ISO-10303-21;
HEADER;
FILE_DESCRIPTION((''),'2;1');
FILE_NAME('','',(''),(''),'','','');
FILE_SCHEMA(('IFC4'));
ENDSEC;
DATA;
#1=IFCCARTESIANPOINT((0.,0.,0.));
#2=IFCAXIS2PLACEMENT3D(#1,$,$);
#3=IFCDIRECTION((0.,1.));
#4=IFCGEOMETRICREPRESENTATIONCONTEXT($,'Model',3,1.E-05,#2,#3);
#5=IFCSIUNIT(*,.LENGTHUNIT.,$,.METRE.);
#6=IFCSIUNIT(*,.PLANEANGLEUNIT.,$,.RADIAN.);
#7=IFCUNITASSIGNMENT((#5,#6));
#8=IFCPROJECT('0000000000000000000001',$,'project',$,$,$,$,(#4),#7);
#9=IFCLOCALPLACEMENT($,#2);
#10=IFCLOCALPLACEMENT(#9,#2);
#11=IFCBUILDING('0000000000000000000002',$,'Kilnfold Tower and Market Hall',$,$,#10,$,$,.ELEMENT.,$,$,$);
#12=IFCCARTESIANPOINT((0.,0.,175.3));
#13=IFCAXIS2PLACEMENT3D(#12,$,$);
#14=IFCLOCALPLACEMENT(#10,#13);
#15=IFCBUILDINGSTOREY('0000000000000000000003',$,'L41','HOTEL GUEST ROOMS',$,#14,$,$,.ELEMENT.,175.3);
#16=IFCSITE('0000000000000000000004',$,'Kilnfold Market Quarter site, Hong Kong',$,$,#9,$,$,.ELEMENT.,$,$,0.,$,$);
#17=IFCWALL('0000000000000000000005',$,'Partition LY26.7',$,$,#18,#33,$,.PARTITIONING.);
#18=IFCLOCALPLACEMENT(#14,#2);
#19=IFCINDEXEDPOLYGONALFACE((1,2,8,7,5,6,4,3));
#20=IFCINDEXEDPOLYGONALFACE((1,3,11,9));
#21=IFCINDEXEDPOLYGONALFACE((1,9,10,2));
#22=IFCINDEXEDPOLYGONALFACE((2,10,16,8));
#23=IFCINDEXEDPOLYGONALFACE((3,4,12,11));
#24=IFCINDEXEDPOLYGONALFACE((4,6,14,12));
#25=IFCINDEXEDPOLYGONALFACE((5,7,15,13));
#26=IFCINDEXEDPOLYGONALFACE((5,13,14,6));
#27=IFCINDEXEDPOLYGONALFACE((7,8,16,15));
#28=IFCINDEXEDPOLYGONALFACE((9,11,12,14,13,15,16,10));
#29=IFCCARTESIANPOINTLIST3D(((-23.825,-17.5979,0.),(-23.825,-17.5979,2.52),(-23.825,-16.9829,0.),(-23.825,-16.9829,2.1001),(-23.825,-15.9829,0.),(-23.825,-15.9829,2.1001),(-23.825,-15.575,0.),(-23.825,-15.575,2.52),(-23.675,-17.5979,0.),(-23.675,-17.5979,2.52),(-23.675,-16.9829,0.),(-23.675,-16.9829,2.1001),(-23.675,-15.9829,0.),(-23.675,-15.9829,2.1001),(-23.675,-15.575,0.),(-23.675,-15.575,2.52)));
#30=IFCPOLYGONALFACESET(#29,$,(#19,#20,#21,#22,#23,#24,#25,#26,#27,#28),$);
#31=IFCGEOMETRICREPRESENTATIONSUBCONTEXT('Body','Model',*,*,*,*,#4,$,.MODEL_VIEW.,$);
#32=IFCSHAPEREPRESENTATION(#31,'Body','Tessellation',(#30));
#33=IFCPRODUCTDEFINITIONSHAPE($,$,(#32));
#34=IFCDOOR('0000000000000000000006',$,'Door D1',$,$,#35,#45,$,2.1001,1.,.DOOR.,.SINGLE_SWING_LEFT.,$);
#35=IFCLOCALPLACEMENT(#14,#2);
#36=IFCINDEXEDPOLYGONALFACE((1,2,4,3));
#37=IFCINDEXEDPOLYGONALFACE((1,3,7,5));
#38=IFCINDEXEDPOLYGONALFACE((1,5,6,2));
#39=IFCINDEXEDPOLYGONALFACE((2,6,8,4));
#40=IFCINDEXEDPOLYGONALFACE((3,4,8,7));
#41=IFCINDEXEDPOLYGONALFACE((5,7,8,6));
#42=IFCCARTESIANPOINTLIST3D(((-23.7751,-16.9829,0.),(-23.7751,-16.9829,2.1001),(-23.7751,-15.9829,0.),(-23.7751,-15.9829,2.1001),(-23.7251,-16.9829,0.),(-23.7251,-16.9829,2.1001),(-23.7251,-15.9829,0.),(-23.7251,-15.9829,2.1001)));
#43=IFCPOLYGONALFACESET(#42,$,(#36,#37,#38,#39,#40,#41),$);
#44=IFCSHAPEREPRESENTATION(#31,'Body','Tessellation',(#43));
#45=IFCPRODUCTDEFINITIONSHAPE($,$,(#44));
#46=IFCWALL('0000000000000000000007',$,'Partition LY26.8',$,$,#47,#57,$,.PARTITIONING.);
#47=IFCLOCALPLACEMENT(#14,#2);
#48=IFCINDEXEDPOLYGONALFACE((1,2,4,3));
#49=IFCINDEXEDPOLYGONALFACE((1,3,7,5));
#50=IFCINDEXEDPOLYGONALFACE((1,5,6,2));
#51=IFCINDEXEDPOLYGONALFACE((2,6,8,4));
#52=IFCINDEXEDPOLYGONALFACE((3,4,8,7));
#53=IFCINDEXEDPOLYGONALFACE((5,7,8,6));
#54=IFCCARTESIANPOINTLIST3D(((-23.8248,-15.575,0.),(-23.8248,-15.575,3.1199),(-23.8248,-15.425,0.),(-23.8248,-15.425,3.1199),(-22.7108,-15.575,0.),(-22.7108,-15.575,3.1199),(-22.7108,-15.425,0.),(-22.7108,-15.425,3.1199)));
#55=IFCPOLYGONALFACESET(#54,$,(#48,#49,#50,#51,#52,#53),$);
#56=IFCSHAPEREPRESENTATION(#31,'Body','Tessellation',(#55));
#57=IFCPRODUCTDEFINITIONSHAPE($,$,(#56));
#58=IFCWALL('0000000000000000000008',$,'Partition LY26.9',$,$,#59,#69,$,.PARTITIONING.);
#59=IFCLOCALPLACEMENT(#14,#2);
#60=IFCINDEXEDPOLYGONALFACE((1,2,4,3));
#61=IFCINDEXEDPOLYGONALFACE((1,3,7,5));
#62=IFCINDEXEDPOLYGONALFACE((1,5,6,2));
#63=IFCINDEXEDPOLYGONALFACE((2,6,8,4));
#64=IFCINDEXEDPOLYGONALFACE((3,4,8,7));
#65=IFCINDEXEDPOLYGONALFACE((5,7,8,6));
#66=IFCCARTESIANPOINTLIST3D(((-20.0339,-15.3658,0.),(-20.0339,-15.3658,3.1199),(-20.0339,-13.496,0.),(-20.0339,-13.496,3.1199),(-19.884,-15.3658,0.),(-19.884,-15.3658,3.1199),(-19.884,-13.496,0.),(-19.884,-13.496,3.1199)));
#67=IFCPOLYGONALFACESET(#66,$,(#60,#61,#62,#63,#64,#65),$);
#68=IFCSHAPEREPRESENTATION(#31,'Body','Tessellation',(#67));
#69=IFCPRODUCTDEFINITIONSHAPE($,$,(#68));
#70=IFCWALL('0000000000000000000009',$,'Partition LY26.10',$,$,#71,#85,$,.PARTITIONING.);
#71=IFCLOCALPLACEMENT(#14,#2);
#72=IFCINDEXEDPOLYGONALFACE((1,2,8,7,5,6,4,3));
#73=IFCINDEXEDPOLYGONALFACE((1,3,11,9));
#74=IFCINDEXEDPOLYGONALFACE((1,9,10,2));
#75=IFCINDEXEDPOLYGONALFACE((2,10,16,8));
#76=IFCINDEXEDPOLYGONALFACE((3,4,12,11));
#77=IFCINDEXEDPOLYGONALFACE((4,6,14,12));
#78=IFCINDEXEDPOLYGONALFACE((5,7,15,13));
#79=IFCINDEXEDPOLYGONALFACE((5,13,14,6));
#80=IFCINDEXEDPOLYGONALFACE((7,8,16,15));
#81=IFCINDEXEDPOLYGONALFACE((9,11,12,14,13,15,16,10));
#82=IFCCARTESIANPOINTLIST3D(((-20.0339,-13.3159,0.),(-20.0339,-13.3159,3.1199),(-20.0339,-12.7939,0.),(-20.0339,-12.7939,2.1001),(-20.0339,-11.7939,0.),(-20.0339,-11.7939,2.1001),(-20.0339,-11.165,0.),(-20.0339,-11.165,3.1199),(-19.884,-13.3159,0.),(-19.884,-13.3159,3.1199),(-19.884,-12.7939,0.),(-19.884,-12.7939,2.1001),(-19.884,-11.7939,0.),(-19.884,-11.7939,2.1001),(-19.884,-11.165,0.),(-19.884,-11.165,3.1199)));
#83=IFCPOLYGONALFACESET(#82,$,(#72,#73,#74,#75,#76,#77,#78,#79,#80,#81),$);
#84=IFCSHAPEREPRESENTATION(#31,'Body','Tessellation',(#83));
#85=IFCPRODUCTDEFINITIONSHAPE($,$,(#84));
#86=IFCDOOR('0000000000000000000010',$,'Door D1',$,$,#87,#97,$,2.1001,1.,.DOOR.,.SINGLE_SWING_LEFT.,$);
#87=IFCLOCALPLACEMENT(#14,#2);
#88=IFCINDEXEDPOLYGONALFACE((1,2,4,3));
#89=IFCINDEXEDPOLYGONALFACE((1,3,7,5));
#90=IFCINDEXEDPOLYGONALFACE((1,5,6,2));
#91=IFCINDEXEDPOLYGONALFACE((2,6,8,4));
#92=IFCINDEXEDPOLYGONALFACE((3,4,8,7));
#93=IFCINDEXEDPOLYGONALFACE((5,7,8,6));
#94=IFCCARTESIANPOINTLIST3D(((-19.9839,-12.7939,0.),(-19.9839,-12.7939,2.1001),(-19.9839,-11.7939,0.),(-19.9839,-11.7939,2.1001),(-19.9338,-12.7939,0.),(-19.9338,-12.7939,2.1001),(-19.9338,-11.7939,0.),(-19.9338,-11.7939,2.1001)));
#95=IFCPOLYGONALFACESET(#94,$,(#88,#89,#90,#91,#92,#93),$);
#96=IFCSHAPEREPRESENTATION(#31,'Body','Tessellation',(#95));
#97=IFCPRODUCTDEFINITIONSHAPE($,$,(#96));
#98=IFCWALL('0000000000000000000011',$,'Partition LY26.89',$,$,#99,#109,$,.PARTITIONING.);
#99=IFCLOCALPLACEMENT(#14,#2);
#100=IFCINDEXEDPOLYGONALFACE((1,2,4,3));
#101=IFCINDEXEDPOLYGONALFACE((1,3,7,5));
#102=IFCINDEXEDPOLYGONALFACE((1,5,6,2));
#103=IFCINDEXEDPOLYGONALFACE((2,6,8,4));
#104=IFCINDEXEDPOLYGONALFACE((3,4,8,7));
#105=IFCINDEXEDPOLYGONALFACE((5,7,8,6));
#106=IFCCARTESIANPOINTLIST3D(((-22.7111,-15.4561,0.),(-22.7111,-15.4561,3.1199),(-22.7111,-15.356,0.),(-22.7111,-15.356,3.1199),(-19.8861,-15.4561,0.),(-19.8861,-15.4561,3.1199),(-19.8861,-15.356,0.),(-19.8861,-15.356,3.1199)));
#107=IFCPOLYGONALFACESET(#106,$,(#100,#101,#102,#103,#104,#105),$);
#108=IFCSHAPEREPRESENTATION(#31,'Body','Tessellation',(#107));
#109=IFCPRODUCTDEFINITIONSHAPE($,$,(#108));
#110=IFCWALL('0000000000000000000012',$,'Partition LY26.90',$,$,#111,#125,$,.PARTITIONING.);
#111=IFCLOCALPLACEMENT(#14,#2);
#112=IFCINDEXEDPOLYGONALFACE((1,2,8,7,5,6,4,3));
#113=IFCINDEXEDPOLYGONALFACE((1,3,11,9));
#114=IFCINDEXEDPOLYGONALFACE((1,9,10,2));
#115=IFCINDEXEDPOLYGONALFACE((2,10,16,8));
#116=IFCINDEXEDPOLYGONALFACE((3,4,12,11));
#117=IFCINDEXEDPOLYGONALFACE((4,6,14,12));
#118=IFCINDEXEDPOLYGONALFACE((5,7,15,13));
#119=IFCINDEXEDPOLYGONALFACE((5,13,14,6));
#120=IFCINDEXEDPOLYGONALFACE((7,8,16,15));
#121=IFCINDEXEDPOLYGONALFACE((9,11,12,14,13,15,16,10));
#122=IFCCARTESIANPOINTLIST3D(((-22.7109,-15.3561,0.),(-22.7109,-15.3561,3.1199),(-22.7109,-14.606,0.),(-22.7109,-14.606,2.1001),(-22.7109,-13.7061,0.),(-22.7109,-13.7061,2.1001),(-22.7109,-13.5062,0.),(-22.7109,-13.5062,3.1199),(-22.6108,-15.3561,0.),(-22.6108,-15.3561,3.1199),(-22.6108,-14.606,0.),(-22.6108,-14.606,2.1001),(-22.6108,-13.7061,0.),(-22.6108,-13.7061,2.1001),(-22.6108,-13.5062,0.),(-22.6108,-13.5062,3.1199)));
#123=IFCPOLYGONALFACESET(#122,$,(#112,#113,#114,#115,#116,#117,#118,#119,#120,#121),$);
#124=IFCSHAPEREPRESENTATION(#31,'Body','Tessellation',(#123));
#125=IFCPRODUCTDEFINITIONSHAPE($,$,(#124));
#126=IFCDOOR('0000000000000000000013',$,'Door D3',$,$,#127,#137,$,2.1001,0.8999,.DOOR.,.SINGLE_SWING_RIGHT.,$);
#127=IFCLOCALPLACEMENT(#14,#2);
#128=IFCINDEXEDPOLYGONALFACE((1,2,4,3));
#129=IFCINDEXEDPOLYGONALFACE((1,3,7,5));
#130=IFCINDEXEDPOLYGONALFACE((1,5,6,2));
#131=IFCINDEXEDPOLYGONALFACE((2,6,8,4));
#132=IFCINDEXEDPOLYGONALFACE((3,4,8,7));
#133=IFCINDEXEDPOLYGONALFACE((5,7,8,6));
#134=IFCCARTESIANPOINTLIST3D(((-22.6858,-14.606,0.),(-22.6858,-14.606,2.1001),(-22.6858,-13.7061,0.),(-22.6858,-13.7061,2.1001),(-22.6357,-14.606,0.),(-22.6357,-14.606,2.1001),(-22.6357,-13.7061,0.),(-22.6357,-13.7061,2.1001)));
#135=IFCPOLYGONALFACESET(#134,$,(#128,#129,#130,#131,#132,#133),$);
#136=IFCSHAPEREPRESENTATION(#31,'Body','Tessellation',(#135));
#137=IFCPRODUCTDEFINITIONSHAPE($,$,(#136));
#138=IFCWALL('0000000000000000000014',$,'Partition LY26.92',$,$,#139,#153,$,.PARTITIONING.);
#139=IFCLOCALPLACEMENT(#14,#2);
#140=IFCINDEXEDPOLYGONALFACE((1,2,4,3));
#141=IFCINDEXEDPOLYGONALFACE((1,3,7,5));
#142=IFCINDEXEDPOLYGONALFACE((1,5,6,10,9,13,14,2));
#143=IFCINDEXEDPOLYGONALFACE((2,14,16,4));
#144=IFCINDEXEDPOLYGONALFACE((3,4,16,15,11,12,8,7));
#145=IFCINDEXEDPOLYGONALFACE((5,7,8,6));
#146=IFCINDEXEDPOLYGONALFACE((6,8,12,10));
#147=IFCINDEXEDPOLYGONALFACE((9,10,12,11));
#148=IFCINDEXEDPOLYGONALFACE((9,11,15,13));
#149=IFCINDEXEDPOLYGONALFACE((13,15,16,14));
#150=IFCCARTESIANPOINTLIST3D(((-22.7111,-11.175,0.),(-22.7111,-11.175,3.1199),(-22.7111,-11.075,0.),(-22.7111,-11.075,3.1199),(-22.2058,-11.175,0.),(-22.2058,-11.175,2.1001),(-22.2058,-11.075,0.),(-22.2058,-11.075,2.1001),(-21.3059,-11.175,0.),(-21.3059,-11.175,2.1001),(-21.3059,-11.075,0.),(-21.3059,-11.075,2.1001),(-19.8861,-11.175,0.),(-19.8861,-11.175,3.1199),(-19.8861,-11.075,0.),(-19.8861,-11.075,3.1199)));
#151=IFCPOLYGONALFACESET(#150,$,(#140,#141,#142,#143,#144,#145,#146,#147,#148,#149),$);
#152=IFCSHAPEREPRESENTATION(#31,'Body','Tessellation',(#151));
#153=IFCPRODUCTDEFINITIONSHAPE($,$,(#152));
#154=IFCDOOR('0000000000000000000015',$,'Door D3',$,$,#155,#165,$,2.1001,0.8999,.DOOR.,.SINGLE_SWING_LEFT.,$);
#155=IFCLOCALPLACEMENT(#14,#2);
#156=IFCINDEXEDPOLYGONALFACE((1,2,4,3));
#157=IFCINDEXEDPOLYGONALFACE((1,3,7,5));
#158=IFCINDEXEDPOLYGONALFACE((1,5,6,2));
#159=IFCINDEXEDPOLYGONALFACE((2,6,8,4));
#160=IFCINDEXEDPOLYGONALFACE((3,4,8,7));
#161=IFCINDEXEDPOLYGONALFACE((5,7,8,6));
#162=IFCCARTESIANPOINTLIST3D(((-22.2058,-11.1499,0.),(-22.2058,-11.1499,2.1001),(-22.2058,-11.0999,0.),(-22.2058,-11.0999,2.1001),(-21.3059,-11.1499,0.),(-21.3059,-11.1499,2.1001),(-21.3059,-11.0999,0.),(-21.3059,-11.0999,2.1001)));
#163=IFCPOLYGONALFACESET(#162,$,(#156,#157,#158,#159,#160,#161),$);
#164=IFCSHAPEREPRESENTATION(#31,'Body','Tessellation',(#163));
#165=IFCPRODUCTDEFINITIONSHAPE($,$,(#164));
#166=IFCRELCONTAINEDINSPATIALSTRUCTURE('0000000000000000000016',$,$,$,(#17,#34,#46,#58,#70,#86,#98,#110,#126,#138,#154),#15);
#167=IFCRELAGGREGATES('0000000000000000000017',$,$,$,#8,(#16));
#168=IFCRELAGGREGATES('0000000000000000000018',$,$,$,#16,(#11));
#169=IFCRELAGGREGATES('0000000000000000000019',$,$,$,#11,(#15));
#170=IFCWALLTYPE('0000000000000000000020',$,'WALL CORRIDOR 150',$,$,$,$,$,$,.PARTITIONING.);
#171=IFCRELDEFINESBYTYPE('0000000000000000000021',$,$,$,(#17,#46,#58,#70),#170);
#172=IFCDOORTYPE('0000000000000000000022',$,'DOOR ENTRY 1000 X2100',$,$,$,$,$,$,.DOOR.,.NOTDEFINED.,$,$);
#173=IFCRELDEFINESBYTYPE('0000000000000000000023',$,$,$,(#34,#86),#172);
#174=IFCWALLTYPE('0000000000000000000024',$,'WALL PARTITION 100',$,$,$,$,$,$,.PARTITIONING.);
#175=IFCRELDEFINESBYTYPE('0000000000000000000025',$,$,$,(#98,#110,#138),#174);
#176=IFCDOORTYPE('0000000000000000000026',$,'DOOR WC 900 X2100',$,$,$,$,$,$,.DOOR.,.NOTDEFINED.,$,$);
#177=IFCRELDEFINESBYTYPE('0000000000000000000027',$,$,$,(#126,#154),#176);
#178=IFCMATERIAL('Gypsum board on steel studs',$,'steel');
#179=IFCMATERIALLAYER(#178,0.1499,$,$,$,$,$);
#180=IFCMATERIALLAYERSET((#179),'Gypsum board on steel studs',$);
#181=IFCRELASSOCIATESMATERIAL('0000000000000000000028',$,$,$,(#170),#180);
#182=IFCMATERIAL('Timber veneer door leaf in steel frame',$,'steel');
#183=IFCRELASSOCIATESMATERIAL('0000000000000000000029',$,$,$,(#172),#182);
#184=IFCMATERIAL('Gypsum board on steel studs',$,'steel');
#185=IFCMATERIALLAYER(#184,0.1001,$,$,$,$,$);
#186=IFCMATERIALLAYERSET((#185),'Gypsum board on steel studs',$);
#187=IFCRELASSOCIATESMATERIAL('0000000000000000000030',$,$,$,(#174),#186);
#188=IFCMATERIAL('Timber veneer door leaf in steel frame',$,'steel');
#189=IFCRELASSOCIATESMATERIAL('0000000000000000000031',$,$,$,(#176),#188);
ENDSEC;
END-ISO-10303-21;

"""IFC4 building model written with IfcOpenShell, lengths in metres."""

from ifc_helpers import new_model, si_unit, direction, frame, frame_2d, origin, place, context, subcontext, project, spatial, rectangle, extrude, material, layer, layer_set, type_object, element, fill, save


model = new_model("IFC4")

# Units and contexts
model_context = context("Model", 3, precision=1e-05, world=origin(), true_north=direction((0.0, 1.0)))
body_context = subcontext(model_context, "Body", "Model", "MODEL_VIEW")
ifc_project = project(units=[si_unit("LENGTHUNIT", "METRE"), si_unit("PLANEANGLEUNIT", "RADIAN")], contexts=[model_context])

# Site, building, storey
site_placement = place(None, origin())
site = spatial("IfcSite", under=ifc_project, at=site_placement, Name="Kilnfold Market Quarter site, Hong Kong", CompositionType="ELEMENT", RefElevation=0.0)
building_placement = place(site_placement, origin())
building = spatial("IfcBuilding", under=site, at=building_placement, Name="Kilnfold Tower and Market Hall", CompositionType="ELEMENT")
storey_placement = place(building_placement, frame((0.0, 0.0, 175.3)))
storey = spatial("IfcBuildingStorey", under=building, at=storey_placement, Name="L41", Description="HOTEL GUEST ROOMS", CompositionType="ELEMENT", Elevation=175.3)

# Wall, opening, door
ifc_material_1 = material(Name="Gypsum board on steel studs", Category="steel")
ifc_layer_1 = layer(ifc_material_1, 0.1499)
ifc_layer_set_1 = layer_set([ifc_layer_1], Name="Gypsum board on steel studs")
wall_type_1 = type_object("IfcWallType", Name="WALL CORRIDOR 150", PredefinedType="PARTITIONING", material=ifc_layer_set_1)
wall_1_placement = place(storey_placement, frame((-23.75, -15.575, 0.0), z_axis=(0.0, 0.0, 1.0), x_axis=(0.0, -1.0, 0.0)))
wall_1 = element("IfcWall", 1, at=wall_1_placement, inside=storey, type_object=wall_type_1, Name="Partition LY26.7", PredefinedType="PARTITIONING", context=body_context, shape_type="SweptSolid", body=[
    extrude(rectangle(XDim=2.0229, YDim=0.1499, at=frame_2d((1.0115, 0.0))), origin(), (0.0, 0.0, 1.0), 2.52),
])
opening_1_placement = place(wall_1_placement, frame((0.408, 0.0, 0.0)))
opening_1 = element("IfcOpeningElement", 2, at=opening_1_placement, cuts=wall_1, PredefinedType="OPENING", context=body_context, shape_type="SweptSolid", body=[
    extrude(rectangle(XDim=1.0, YDim=2.1001, at=frame_2d((0.5, 1.05))), frame((0.0, 0.085, 0.0), z_axis=(0.0, -1.0, 0.0), x_axis=(1.0, 0.0, 0.0)), (0.0, 0.0, 1.0), 0.1699),
])
ifc_material_2 = material(Name="Timber veneer door leaf in steel frame", Category="steel")
door_type_1 = type_object("IfcDoorType", Name="DOOR ENTRY 1000 X2100", OperationType="NOTDEFINED", PredefinedType="DOOR", material=ifc_material_2)
door_1_placement = place(opening_1_placement, origin())
door_1 = element("IfcDoor", 3, at=door_1_placement, inside=storey, type_object=door_type_1, Name="Door D1", OperationType="SINGLE_SWING_LEFT", OverallHeight=2.1001, OverallWidth=1.0, PredefinedType="DOOR", context=body_context, shape_type="SweptSolid", body=[
    extrude(rectangle(XDim=1.0, YDim=2.1001, at=frame_2d((0.5, 1.05))), frame((0.0, 0.0249, 0.0), z_axis=(0.0, -1.0, 0.0), x_axis=(1.0, 0.0, 0.0)), (0.0, 0.0, 1.0), 0.05),
])
fill(opening_1, door_1)

# Walls
wall_2_placement = place(storey_placement, frame((-23.825, -15.5, 0.0), z_axis=(0.0, 0.0, 1.0), x_axis=(1.0, 0.0, 0.0)))
element("IfcWall", 4, at=wall_2_placement, inside=storey, type_object=wall_type_1, Name="Partition LY26.8", PredefinedType="PARTITIONING", context=body_context, shape_type="SweptSolid", body=[
    extrude(rectangle(XDim=1.114, YDim=0.1499, at=frame_2d((0.5571, 0.0))), origin(), (0.0, 0.0, 1.0), 3.1199),
])
wall_3_placement = place(storey_placement, frame((-19.959, -15.366, 0.0), z_axis=(0.0, 0.0, 1.0), x_axis=(0.0, 1.0, 0.0)))
element("IfcWall", 5, at=wall_3_placement, inside=storey, type_object=wall_type_1, Name="Partition LY26.9", PredefinedType="PARTITIONING", context=body_context, shape_type="SweptSolid", body=[
    extrude(rectangle(XDim=1.8699, YDim=0.1499, at=frame_2d((0.9351, 0.0))), origin(), (0.0, 0.0, 1.0), 3.1199),
])

# Wall, opening, door
wall_4_placement = place(storey_placement, frame((-19.959, -13.3159, 0.0), z_axis=(0.0, 0.0, 1.0), x_axis=(0.0, 1.0, 0.0)))
wall_4 = element("IfcWall", 6, at=wall_4_placement, inside=storey, type_object=wall_type_1, Name="Partition LY26.10", PredefinedType="PARTITIONING", context=body_context, shape_type="SweptSolid", body=[
    extrude(rectangle(XDim=2.1509, YDim=0.1499, at=frame_2d((1.0754, 0.0))), origin(), (0.0, 0.0, 1.0), 3.1199),
])
opening_2_placement = place(wall_4_placement, frame((0.522, 0.0, 0.0)))
opening_2 = element("IfcOpeningElement", 7, at=opening_2_placement, cuts=wall_4, PredefinedType="OPENING", context=body_context, shape_type="SweptSolid", body=[
    extrude(rectangle(XDim=1.0, YDim=2.1001, at=frame_2d((0.5, 1.05))), frame((0.0, 0.085, 0.0), z_axis=(0.0, -1.0, 0.0), x_axis=(1.0, 0.0, 0.0)), (0.0, 0.0, 1.0), 0.1699),
])
door_2_placement = place(opening_2_placement, origin())
door_2 = element("IfcDoor", 8, at=door_2_placement, inside=storey, type_object=door_type_1, Name="Door D1", OperationType="SINGLE_SWING_LEFT", OverallHeight=2.1001, OverallWidth=1.0, PredefinedType="DOOR", context=body_context, shape_type="SweptSolid", body=[
    extrude(rectangle(XDim=1.0, YDim=2.1001, at=frame_2d((0.5, 1.05))), frame((0.0, 0.0249, 0.0), z_axis=(0.0, -1.0, 0.0), x_axis=(1.0, 0.0, 0.0)), (0.0, 0.0, 1.0), 0.05),
])
fill(opening_2, door_2)

# Wall
ifc_material_3 = material(Name="Gypsum board on steel studs", Category="steel")
ifc_layer_2 = layer(ifc_material_3, 0.1001)
ifc_layer_set_2 = layer_set([ifc_layer_2], Name="Gypsum board on steel studs")
wall_type_2 = type_object("IfcWallType", Name="WALL PARTITION 100", PredefinedType="PARTITIONING", material=ifc_layer_set_2)
wall_5_placement = place(storey_placement, frame((-19.886, -15.406, 0.0), z_axis=(0.0, 0.0, 1.0), x_axis=(-1.0, 0.0, 0.0)))
element("IfcWall", 9, at=wall_5_placement, inside=storey, type_object=wall_type_2, Name="Partition LY26.89", PredefinedType="PARTITIONING", context=body_context, shape_type="SweptSolid", body=[
    extrude(rectangle(XDim=2.825, YDim=0.1001, at=frame_2d((1.4126, 0.0))), origin(), (0.0, 0.0, 1.0), 3.1199),
])

# Walls, openings, doors
wall_6_placement = place(storey_placement, frame((-22.6609, -15.356, 0.0), z_axis=(0.0, 0.0, 1.0), x_axis=(0.0, 1.0, 0.0)))
wall_6 = element("IfcWall", 10, at=wall_6_placement, inside=storey, type_object=wall_type_2, Name="Partition LY26.90", PredefinedType="PARTITIONING", context=body_context, shape_type="SweptSolid", body=[
    extrude(rectangle(XDim=1.8499, YDim=0.1001, at=frame_2d((0.9248, 0.0))), origin(), (0.0, 0.0, 1.0), 3.1199),
])
opening_3_placement = place(wall_6_placement, frame((0.75, 0.0, 0.0)))
opening_3 = element("IfcOpeningElement", 11, at=opening_3_placement, cuts=wall_6, PredefinedType="OPENING", context=body_context, shape_type="SweptSolid", body=[
    extrude(rectangle(XDim=0.8999, YDim=2.1001, at=frame_2d((0.45, 1.05))), frame((0.0, 0.0601, 0.0), z_axis=(0.0, -1.0, 0.0), x_axis=(1.0, 0.0, 0.0)), (0.0, 0.0, 1.0), 0.1201),
])
ifc_material_4 = material(Name="Timber veneer door leaf in steel frame", Category="steel")
door_type_2 = type_object("IfcDoorType", Name="DOOR WC 900 X2100", OperationType="NOTDEFINED", PredefinedType="DOOR", material=ifc_material_4)
door_3_placement = place(opening_3_placement, origin())
door_3 = element("IfcDoor", 12, at=door_3_placement, inside=storey, type_object=door_type_2, Name="Door D3", OperationType="SINGLE_SWING_RIGHT", OverallHeight=2.1001, OverallWidth=0.8999, PredefinedType="DOOR", context=body_context, shape_type="SweptSolid", body=[
    extrude(rectangle(XDim=0.8999, YDim=2.1001, at=frame_2d((0.45, 1.05))), frame((0.0, 0.0249, 0.0), z_axis=(0.0, -1.0, 0.0), x_axis=(1.0, 0.0, 0.0)), (0.0, 0.0, 1.0), 0.05),
])
fill(opening_3, door_3)
wall_7_placement = place(storey_placement, frame((-19.886, -11.125, 0.0), z_axis=(0.0, 0.0, 1.0), x_axis=(-1.0, 0.0, 0.0)))
wall_7 = element("IfcWall", 13, at=wall_7_placement, inside=storey, type_object=wall_type_2, Name="Partition LY26.92", PredefinedType="PARTITIONING", context=body_context, shape_type="SweptSolid", body=[
    extrude(rectangle(XDim=2.825, YDim=0.1001, at=frame_2d((1.4126, 0.0))), origin(), (0.0, 0.0, 1.0), 3.1199),
])
opening_4_placement = place(wall_7_placement, frame((1.4199, 0.0, 0.0)))
opening_4 = element("IfcOpeningElement", 14, at=opening_4_placement, cuts=wall_7, PredefinedType="OPENING", context=body_context, shape_type="SweptSolid", body=[
    extrude(rectangle(XDim=0.8999, YDim=2.1001, at=frame_2d((0.45, 1.05))), frame((0.0, 0.0601, 0.0), z_axis=(0.0, -1.0, 0.0), x_axis=(1.0, 0.0, 0.0)), (0.0, 0.0, 1.0), 0.1201),
])
door_4_placement = place(opening_4_placement, origin())
door_4 = element("IfcDoor", 15, at=door_4_placement, inside=storey, type_object=door_type_2, Name="Door D3", OperationType="SINGLE_SWING_LEFT", OverallHeight=2.1001, OverallWidth=0.8999, PredefinedType="DOOR", context=body_context, shape_type="SweptSolid", body=[
    extrude(rectangle(XDim=0.8999, YDim=2.1001, at=frame_2d((0.45, 1.05))), frame((0.0, 0.0249, 0.0), z_axis=(0.0, -1.0, 0.0), x_axis=(1.0, 0.0, 0.0)), (0.0, 0.0, 1.0), 0.05),
])
fill(opening_4, door_4)

save(model, "model.ifc")
